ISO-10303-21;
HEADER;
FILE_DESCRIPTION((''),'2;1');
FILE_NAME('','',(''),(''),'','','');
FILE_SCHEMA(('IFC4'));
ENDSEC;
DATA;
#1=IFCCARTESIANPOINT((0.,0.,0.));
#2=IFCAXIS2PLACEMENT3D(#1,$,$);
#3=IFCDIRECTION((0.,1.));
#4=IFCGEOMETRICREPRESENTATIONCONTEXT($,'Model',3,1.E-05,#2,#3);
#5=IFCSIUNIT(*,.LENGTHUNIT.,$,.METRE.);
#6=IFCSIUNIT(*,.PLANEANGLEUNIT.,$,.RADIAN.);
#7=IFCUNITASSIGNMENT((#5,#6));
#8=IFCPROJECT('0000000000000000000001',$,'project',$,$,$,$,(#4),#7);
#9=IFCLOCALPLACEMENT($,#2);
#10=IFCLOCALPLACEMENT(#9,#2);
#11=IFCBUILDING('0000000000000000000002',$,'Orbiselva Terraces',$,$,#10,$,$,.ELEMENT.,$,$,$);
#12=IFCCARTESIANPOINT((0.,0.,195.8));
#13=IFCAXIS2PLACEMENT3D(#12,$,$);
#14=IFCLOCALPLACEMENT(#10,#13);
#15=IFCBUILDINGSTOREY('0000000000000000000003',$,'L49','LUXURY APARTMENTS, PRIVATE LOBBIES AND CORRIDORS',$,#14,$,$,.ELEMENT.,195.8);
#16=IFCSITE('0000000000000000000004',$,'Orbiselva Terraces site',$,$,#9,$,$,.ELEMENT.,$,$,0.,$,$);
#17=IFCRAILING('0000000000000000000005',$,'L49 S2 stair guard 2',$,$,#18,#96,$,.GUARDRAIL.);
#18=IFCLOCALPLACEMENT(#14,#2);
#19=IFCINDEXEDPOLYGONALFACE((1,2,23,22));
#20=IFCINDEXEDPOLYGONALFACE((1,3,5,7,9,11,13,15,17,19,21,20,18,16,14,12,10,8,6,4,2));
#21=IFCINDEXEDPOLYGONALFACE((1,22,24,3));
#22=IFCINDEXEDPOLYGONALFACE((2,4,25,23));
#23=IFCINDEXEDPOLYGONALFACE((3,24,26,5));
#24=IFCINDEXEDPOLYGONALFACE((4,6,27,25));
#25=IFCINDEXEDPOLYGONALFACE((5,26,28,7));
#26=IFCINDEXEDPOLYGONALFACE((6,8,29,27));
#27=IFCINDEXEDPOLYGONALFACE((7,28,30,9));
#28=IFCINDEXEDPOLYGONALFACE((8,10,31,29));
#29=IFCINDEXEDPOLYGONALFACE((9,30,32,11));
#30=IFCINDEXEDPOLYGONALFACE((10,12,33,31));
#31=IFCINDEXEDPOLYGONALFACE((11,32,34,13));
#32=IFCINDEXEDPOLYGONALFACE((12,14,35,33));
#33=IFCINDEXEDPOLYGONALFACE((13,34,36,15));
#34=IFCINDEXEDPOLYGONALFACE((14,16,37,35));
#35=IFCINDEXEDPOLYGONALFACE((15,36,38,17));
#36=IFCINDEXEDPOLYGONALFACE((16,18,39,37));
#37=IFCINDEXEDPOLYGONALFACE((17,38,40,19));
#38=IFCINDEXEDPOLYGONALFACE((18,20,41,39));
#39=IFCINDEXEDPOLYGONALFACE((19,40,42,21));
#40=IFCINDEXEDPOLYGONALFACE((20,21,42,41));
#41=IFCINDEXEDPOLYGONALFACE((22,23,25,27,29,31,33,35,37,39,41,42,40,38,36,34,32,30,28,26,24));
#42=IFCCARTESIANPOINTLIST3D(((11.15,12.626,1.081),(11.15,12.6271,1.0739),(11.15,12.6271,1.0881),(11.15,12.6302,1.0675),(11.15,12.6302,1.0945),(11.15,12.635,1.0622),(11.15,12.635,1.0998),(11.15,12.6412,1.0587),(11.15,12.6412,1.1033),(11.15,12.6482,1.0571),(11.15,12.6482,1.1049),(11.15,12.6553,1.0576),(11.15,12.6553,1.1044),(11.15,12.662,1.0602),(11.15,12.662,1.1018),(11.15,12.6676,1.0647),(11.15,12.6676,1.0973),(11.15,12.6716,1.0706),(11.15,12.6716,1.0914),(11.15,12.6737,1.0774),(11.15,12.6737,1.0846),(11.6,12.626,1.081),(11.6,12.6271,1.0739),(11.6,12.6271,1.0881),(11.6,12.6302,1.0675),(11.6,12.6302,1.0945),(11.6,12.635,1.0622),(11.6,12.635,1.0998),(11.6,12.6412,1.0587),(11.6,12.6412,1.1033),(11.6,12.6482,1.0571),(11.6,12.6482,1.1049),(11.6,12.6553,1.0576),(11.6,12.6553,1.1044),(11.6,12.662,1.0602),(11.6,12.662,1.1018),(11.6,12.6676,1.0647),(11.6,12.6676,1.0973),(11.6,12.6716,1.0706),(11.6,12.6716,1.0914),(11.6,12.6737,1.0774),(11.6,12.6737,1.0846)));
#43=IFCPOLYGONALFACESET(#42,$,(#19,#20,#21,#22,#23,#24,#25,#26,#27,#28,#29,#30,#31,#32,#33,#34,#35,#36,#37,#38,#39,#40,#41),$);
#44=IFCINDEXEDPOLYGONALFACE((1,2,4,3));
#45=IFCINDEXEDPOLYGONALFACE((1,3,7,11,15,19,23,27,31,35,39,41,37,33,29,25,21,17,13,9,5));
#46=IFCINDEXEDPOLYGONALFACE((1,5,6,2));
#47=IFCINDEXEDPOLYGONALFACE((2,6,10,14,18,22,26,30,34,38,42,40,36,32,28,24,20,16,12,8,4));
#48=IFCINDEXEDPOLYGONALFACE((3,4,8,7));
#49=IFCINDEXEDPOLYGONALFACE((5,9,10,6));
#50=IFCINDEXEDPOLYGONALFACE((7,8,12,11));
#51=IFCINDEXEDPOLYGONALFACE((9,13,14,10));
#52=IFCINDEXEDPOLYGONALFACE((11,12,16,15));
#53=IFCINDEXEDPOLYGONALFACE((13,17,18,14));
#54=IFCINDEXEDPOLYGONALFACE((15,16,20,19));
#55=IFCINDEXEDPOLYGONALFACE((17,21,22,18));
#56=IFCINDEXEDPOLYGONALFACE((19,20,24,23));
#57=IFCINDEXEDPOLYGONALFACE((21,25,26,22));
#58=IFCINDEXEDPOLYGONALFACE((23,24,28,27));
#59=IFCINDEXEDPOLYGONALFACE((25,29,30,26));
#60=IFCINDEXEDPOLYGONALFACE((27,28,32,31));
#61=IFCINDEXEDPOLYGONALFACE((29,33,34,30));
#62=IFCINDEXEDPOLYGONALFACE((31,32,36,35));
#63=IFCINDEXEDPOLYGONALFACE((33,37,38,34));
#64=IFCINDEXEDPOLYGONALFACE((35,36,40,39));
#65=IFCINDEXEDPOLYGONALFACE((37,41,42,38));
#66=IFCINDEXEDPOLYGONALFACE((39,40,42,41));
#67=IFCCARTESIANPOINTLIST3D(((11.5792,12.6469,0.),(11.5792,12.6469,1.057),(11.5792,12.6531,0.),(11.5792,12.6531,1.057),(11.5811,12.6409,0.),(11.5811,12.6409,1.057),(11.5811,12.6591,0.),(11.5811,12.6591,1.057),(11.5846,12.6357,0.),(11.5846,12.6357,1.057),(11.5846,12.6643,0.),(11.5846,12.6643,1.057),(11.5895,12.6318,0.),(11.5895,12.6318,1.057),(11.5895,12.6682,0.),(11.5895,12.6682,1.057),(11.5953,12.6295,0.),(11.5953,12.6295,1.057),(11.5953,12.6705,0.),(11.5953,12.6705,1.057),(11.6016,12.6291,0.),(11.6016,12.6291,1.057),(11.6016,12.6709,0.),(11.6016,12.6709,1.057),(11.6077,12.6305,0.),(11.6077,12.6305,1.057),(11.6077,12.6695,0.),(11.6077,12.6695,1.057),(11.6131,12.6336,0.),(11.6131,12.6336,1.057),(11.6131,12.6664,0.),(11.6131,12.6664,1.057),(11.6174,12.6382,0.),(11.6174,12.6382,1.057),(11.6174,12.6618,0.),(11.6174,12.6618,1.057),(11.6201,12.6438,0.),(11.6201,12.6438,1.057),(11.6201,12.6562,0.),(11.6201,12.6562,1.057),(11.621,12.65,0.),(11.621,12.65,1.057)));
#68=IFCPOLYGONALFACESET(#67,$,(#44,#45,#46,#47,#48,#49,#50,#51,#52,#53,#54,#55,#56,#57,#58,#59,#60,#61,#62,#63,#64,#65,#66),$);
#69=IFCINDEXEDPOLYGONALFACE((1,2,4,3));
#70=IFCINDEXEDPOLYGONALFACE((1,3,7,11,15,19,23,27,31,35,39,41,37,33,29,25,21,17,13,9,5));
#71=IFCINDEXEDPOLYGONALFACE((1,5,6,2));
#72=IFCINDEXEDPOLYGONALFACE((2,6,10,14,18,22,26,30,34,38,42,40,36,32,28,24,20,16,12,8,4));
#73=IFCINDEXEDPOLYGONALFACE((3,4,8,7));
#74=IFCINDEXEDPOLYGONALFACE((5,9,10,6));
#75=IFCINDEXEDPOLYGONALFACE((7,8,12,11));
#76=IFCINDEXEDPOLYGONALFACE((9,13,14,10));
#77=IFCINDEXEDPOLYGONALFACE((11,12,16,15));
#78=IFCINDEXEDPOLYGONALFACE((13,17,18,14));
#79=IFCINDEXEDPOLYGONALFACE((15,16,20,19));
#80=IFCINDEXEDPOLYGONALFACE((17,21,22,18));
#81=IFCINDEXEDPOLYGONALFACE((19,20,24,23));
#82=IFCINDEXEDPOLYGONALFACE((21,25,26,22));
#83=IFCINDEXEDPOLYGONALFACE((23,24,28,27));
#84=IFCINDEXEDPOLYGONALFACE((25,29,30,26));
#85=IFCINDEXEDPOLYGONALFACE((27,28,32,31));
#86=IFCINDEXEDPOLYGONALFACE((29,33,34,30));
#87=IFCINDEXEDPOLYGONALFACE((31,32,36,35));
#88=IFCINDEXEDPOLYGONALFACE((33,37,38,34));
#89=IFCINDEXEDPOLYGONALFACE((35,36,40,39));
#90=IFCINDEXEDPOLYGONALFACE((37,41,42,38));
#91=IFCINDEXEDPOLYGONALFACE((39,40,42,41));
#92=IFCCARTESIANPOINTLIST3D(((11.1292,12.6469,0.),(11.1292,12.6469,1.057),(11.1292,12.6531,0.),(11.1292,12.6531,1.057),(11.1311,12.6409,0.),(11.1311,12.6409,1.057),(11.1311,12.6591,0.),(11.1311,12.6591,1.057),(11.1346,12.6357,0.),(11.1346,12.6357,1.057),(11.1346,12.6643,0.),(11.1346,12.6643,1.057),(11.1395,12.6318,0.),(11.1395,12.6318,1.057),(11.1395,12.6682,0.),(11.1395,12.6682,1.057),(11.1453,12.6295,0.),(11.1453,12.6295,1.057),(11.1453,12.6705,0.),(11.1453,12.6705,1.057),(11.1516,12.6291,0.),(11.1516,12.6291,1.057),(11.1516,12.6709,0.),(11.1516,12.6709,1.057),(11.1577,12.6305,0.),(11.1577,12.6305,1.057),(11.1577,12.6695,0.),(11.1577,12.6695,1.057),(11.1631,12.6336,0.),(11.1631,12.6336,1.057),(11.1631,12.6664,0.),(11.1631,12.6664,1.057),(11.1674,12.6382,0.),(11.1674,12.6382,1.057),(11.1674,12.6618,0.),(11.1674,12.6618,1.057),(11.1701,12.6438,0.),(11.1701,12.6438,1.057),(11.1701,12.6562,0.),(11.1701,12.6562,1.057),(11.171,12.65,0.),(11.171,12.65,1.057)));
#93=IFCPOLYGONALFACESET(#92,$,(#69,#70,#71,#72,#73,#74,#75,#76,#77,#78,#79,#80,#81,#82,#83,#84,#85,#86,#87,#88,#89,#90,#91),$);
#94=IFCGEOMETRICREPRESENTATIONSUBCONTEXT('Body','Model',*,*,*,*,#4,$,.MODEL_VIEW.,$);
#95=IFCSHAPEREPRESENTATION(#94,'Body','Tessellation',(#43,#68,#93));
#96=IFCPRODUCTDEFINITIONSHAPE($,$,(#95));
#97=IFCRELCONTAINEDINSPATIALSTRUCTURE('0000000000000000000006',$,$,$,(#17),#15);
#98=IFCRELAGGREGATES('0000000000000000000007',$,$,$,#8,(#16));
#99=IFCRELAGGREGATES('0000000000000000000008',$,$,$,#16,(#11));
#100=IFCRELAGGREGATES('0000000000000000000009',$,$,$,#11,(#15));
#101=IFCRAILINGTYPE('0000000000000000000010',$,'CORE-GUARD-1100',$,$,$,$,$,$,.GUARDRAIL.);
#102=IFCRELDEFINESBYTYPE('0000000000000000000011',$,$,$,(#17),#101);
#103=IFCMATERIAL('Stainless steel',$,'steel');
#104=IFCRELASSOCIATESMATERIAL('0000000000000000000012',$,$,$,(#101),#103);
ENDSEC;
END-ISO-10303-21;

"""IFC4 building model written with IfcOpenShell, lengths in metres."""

from ifc_helpers import new_model, si_unit, direction, frame, origin, origin_2d, place, context, subcontext, project, spatial, circle, extrude, material, type_object, element, save


model = new_model("IFC4")

# Units and contexts
model_context = context("Model", 3, precision=1e-05, world=origin(), true_north=direction((0.0, 1.0)))
body_context = subcontext(model_context, "Body", "Model", "MODEL_VIEW")
ifc_project = project(units=[si_unit("LENGTHUNIT", "METRE"), si_unit("PLANEANGLEUNIT", "RADIAN")], contexts=[model_context])

# Site, building, storey
site_placement = place(None, origin())
site = spatial("IfcSite", under=ifc_project, at=site_placement, Name="Orbiselva Terraces site", CompositionType="ELEMENT", RefElevation=0.0)
building_placement = place(site_placement, origin())
building = spatial("IfcBuilding", under=site, at=building_placement, Name="Orbiselva Terraces", CompositionType="ELEMENT")
storey_placement = place(building_placement, frame((0.0, 0.0, 195.8)))
storey = spatial("IfcBuildingStorey", under=building, at=storey_placement, Name="L49", Description="LUXURY APARTMENTS, PRIVATE LOBBIES AND CORRIDORS", CompositionType="ELEMENT", Elevation=195.8)

# Railing
ifc_material_1 = material(Name="Stainless steel", Category="steel")
railing_type = type_object("IfcRailingType", Name="CORE-GUARD-1100", PredefinedType="GUARDRAIL", material=ifc_material_1)
railing_1_placement = place(storey_placement, frame((11.6, 12.65, 0.0)))
element("IfcRailing", 1, at=railing_1_placement, inside=storey, type_object=railing_type, Name="L49 S2 stair guard 2", PredefinedType="GUARDRAIL", context=body_context, shape_type="SweptSolid", body=[
    extrude(circle(Radius=0.024, at=origin_2d()), frame((0.0, 0.0, 1.081), z_axis=(-1.0, 0.0, 0.0), x_axis=(0.0, -1.0, 0.0)), (0.0, 0.0, 1.0), 0.45),
    extrude(circle(Radius=0.021, at=origin_2d()), origin(), (0.0, 0.0, 1.0), 1.057),
    extrude(circle(Radius=0.021, at=origin_2d()), frame((-0.45, 0.0, 0.0)), (0.0, 0.0, 1.0), 1.057),
])

save(model, "model.ifc")
